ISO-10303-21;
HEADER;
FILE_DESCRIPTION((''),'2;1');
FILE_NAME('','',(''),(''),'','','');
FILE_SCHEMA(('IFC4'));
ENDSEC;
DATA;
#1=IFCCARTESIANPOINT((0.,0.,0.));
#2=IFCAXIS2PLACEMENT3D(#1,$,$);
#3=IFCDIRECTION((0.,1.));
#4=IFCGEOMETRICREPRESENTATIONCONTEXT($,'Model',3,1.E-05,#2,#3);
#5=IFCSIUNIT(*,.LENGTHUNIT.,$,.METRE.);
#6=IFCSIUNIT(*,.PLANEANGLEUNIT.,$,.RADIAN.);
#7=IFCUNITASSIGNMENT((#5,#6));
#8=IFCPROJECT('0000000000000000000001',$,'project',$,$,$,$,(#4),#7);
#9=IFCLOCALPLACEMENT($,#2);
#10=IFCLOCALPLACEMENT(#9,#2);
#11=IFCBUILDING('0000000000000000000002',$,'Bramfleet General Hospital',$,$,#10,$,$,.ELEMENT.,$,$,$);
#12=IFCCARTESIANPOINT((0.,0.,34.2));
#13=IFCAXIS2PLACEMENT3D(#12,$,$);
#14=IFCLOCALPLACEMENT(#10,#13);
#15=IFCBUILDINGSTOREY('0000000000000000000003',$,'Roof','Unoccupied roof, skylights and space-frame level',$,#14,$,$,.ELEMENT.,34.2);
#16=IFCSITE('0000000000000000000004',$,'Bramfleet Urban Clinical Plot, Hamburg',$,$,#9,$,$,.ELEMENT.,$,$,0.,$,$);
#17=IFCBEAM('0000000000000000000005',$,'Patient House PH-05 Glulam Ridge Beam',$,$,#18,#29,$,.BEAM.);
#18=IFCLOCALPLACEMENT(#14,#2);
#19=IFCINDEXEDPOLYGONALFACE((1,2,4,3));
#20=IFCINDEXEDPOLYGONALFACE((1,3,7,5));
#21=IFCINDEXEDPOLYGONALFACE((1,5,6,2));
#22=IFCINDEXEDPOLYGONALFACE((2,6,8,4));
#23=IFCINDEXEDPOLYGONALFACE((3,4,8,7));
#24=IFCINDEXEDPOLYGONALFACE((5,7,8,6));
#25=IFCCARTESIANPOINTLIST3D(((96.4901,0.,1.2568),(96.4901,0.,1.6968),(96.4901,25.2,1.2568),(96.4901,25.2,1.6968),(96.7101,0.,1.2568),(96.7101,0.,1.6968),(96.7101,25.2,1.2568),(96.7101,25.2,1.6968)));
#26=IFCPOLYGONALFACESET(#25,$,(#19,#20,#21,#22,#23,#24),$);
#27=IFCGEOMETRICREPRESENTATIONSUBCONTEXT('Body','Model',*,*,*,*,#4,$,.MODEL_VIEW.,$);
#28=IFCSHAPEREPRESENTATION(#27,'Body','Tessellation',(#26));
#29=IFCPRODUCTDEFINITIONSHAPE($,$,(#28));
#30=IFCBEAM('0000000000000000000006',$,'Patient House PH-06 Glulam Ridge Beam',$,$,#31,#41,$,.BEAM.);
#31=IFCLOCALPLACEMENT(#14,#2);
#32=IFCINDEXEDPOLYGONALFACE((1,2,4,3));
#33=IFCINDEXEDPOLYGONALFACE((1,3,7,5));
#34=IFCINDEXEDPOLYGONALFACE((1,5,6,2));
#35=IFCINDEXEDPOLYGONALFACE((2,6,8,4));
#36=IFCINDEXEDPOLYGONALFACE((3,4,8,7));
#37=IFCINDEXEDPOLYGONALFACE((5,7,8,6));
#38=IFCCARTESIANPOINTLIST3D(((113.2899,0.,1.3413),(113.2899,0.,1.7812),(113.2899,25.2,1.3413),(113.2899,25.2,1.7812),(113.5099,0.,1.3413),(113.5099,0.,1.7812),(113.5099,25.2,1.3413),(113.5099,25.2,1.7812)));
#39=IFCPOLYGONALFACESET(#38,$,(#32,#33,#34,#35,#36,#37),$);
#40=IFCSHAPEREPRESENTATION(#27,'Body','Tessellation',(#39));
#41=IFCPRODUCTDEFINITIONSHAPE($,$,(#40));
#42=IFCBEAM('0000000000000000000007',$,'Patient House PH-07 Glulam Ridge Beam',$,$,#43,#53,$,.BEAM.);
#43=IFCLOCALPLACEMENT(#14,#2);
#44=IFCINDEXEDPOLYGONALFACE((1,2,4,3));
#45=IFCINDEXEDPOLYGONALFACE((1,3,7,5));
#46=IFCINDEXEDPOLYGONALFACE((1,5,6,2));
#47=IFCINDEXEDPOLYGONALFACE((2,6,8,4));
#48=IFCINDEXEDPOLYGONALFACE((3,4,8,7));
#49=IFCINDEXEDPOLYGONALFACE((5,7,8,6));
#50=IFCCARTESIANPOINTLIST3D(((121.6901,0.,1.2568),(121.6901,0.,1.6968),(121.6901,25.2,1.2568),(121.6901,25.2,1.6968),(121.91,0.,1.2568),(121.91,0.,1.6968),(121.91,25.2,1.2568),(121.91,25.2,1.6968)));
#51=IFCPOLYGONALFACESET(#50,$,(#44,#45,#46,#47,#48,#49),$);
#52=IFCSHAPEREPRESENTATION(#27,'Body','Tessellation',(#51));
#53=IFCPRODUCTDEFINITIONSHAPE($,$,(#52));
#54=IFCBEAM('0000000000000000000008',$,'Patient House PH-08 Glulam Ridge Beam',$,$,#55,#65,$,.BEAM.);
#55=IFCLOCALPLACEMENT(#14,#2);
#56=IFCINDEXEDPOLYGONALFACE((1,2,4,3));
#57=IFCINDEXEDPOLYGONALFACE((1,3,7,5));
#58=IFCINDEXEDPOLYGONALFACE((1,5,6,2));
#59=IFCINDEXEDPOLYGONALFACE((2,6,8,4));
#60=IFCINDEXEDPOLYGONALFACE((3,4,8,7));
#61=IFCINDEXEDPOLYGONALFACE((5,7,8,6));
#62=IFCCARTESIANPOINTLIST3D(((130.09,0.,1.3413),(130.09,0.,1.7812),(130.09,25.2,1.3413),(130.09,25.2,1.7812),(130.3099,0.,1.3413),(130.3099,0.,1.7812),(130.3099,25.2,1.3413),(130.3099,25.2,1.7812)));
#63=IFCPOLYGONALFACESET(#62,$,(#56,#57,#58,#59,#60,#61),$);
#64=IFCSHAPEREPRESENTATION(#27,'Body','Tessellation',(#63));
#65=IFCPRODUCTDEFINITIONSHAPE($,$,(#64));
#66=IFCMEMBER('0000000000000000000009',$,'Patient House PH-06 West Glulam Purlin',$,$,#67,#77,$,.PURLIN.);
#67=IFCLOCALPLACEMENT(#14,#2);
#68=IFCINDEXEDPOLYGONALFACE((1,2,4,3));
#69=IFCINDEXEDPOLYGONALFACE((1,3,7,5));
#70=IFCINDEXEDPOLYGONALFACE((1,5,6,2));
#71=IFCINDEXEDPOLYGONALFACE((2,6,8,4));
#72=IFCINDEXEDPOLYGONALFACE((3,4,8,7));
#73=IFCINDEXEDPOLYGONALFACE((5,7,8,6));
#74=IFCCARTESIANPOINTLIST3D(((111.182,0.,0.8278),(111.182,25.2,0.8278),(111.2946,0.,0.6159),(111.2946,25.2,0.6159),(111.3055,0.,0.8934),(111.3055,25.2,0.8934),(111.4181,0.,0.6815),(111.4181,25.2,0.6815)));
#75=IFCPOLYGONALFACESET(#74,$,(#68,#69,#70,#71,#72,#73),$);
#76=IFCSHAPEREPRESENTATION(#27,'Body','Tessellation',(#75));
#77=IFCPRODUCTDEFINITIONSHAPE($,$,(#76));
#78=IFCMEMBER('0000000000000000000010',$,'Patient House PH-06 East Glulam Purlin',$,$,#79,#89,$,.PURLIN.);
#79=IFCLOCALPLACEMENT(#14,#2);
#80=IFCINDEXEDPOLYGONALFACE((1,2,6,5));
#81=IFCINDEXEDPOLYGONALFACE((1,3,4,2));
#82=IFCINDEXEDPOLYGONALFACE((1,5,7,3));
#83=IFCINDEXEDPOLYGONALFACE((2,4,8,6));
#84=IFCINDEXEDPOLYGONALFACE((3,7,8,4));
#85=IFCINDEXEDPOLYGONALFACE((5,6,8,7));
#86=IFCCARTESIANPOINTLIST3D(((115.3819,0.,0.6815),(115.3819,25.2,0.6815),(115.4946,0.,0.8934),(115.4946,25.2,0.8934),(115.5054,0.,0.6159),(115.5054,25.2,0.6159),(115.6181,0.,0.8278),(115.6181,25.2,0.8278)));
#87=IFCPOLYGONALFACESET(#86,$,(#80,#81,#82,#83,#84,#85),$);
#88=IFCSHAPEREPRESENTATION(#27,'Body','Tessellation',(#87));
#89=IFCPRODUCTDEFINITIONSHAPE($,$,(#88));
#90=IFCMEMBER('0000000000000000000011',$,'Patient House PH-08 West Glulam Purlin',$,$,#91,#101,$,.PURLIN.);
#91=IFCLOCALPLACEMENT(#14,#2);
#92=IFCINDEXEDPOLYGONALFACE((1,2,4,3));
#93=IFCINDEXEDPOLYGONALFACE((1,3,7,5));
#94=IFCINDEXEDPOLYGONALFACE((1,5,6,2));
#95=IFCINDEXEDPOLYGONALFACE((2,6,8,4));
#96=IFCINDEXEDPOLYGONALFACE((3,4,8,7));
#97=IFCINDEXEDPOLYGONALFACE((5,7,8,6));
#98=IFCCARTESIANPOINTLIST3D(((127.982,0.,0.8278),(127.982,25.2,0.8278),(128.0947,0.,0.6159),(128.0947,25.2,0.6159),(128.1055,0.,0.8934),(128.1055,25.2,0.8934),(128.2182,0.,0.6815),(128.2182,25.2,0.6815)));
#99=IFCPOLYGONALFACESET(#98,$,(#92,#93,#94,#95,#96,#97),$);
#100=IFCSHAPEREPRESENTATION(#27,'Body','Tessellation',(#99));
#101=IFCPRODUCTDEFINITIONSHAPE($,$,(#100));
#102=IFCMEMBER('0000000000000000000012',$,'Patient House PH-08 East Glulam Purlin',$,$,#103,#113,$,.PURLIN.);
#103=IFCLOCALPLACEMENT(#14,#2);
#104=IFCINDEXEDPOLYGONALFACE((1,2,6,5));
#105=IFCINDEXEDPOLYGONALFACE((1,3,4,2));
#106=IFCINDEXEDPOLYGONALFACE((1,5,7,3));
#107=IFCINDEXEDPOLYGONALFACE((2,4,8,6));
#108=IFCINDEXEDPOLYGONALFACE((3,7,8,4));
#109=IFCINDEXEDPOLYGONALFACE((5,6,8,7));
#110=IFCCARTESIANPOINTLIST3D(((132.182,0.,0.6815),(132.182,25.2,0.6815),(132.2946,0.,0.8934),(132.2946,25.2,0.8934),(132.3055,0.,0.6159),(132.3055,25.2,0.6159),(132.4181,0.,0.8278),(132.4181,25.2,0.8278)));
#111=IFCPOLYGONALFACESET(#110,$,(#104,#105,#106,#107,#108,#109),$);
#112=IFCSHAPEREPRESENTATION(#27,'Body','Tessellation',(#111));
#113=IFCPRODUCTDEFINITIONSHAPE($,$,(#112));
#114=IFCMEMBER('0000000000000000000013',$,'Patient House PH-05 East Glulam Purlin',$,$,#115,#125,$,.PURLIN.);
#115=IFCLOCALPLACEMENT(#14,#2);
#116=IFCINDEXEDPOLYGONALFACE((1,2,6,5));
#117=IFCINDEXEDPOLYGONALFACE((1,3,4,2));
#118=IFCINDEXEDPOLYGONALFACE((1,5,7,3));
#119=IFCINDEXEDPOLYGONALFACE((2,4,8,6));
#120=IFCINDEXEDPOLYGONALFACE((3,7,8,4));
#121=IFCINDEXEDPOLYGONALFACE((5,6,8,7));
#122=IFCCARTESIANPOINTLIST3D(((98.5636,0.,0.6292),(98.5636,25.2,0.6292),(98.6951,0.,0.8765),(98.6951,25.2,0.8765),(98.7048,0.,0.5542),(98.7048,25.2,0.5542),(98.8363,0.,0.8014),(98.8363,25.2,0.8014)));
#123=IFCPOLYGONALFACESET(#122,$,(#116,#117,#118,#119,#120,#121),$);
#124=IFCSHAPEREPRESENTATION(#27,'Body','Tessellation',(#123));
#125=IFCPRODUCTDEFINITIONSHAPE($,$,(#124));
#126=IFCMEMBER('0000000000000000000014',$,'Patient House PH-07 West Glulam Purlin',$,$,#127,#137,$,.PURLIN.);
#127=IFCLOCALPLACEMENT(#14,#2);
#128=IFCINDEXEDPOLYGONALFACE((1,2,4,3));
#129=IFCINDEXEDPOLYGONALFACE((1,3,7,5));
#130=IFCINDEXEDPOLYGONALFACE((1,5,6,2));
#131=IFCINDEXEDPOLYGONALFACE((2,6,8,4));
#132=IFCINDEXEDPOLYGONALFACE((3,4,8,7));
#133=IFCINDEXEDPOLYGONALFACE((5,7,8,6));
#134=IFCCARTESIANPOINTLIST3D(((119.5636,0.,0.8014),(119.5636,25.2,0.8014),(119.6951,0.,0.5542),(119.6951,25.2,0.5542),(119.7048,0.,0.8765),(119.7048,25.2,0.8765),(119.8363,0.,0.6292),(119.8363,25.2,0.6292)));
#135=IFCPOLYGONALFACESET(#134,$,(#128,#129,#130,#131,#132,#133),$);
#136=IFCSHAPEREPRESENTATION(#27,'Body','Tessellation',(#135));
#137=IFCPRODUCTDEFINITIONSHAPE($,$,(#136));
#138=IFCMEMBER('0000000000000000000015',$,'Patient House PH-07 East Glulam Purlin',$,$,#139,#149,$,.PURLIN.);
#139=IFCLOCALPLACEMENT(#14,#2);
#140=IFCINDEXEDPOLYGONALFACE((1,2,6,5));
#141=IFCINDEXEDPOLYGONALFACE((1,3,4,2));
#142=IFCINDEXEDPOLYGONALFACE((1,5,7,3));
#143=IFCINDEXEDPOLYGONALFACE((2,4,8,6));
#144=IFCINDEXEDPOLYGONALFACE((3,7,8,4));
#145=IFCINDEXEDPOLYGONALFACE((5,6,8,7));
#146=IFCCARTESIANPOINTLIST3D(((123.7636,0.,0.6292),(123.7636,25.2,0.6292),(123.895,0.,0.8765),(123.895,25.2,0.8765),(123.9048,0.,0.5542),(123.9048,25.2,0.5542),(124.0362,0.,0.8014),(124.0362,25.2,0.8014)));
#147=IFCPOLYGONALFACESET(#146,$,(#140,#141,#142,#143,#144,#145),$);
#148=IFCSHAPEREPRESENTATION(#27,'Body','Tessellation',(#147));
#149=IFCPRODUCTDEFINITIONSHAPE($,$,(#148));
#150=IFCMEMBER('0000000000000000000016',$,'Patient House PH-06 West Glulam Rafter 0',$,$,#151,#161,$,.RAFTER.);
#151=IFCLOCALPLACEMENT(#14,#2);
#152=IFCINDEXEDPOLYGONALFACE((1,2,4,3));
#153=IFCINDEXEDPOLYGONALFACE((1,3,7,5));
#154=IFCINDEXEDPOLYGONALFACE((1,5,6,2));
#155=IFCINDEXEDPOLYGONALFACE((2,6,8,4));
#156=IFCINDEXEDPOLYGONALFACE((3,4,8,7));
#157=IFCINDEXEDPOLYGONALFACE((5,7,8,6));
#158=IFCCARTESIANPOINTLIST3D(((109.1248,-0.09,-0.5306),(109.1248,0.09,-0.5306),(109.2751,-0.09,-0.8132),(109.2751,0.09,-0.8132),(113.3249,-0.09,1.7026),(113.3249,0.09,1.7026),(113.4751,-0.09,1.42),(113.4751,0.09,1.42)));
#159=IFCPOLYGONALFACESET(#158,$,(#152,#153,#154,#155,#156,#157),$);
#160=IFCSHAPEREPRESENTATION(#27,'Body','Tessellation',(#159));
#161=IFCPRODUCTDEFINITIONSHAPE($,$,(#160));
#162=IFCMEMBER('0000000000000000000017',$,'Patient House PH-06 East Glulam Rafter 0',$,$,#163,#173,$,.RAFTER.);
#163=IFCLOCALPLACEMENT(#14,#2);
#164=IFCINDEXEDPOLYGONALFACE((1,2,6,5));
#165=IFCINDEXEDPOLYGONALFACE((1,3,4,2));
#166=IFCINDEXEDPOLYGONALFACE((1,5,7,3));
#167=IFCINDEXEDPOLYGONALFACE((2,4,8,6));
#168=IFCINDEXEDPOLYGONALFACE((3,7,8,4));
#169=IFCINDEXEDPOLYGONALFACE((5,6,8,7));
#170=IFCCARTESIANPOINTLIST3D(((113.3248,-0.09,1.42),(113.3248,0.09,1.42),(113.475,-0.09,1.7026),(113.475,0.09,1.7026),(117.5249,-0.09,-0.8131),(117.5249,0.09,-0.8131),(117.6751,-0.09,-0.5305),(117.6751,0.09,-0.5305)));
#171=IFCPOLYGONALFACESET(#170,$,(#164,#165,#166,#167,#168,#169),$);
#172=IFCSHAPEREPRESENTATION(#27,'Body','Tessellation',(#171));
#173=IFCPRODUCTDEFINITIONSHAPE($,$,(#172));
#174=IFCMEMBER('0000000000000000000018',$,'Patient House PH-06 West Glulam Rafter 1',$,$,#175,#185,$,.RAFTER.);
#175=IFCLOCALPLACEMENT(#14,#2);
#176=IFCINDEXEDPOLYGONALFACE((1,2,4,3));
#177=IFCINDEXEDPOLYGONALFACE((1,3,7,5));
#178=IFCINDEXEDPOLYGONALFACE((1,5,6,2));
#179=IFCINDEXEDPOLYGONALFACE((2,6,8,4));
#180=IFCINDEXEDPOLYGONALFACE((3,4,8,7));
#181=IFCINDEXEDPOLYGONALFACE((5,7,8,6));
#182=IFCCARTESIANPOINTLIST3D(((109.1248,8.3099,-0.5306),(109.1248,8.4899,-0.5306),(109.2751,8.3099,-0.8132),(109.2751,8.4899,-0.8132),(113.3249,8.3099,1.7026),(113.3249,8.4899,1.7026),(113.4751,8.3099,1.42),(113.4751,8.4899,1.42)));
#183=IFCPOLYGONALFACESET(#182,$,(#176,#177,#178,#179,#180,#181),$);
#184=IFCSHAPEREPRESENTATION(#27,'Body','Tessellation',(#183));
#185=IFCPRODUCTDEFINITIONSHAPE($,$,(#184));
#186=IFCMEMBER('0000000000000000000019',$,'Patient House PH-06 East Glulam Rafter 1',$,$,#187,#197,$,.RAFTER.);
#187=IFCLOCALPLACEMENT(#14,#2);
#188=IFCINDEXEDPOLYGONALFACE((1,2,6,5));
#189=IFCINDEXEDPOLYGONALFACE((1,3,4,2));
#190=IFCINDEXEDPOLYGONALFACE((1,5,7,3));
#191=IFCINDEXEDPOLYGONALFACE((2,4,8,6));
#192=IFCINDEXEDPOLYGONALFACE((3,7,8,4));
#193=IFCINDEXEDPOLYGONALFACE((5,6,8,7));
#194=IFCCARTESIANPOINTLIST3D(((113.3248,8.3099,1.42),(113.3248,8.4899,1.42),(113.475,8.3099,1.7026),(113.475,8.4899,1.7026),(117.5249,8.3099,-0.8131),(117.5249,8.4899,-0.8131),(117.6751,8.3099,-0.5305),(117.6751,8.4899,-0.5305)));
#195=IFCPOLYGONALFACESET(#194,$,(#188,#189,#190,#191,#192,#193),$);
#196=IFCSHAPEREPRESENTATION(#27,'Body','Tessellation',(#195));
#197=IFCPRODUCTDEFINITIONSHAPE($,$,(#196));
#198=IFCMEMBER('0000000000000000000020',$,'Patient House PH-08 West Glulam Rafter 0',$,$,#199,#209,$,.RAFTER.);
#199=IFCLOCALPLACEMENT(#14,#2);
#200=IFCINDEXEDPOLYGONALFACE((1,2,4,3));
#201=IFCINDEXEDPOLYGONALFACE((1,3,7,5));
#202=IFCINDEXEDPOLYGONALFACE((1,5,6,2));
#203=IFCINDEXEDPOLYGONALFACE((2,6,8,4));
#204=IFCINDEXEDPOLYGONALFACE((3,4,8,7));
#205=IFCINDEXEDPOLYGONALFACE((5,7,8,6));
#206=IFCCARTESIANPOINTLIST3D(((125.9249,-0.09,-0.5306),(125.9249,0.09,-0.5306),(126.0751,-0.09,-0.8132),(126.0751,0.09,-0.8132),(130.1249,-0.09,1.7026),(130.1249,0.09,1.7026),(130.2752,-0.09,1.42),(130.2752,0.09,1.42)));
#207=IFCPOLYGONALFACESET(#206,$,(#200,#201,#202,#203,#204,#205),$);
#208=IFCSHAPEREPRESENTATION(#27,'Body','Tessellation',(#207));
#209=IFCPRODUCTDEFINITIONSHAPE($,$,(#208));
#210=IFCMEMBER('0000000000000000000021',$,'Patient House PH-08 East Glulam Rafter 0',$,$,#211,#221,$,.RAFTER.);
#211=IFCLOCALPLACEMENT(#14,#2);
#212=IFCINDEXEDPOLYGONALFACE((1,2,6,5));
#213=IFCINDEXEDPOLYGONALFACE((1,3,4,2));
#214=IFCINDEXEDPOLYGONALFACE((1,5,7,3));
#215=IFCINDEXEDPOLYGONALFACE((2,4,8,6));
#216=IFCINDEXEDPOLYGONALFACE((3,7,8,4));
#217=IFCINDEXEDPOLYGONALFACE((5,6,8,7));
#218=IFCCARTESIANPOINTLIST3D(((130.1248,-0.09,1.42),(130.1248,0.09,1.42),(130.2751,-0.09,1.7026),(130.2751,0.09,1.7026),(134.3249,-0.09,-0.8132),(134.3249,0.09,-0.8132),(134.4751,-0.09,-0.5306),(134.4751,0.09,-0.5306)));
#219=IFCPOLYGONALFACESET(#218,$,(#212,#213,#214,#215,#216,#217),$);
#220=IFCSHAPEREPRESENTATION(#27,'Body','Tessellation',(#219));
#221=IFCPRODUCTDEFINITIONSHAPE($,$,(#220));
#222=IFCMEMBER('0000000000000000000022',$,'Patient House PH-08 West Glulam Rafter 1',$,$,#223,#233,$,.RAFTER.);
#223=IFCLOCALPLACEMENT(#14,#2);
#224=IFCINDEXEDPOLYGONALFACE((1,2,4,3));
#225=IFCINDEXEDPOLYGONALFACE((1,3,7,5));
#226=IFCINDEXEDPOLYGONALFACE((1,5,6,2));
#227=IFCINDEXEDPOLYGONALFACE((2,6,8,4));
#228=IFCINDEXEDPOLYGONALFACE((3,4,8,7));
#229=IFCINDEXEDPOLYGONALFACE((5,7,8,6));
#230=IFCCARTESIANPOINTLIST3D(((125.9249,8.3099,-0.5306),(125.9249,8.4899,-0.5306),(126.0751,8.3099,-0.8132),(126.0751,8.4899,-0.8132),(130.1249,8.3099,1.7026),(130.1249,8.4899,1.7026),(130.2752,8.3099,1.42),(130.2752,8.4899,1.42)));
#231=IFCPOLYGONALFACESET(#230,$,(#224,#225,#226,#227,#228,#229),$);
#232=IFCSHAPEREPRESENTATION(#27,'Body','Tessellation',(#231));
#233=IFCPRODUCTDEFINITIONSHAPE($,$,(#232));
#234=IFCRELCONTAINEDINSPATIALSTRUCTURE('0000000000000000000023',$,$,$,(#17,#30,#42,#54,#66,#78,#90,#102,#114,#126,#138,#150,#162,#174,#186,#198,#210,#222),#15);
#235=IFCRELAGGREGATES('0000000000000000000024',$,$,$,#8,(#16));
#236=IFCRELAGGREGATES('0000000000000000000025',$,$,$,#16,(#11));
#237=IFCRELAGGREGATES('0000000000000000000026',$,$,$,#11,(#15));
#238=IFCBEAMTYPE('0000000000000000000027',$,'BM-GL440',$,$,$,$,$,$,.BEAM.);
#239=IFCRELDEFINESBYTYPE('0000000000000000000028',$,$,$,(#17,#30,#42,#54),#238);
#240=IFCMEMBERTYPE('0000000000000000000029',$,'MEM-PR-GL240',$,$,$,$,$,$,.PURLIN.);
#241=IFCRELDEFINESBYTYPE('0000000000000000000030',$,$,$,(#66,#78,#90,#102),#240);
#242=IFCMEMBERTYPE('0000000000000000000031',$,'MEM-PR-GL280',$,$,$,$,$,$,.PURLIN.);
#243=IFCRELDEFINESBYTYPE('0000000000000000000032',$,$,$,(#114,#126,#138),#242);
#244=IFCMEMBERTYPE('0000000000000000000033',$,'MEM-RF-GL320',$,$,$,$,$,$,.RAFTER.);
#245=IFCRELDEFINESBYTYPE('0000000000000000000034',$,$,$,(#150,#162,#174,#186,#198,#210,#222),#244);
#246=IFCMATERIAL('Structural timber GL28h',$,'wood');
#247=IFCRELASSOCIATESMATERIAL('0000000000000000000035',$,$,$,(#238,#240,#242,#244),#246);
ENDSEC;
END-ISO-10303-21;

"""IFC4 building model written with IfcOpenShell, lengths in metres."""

from ifc_helpers import new_model, si_unit, direction, frame, origin, origin_2d, place, context, subcontext, project, spatial, rectangle, extrude, material, material_profile, profile_set, type_object, element, save


model = new_model("IFC4")

# Units and contexts
model_context = context("Model", 3, precision=1e-05, world=origin(), true_north=direction((0.0, 1.0)))
body_context = subcontext(model_context, "Body", "Model", "MODEL_VIEW")
ifc_project = project(units=[si_unit("LENGTHUNIT", "METRE"), si_unit("PLANEANGLEUNIT", "RADIAN")], contexts=[model_context])

# Site, building, storey
site_placement = place(None, origin())
site = spatial("IfcSite", under=ifc_project, at=site_placement, Name="Bramfleet Urban Clinical Plot, Hamburg", CompositionType="ELEMENT", RefElevation=0.0)
building_placement = place(site_placement, origin())
building = spatial("IfcBuilding", under=site, at=building_placement, Name="Bramfleet General Hospital", CompositionType="ELEMENT")
storey_placement = place(building_placement, frame((0.0, 0.0, 34.2)))
storey = spatial("IfcBuildingStorey", under=building, at=storey_placement, Name="Roof", Description="Unoccupied roof, skylights and space-frame level", CompositionType="ELEMENT", Elevation=34.2)

# Beams
ifc_material_1 = material(Name="Structural timber GL28h", Category="wood")
ifc_material_profile_1 = material_profile(ifc_material_1, rectangle(XDim=0.22, YDim=0.4399, at=origin_2d()), Name="GL28h 440x220")
ifc_profile_set_1 = profile_set([ifc_material_profile_1], Name="Structural timber GL28h")
beam_type = type_object("IfcBeamType", Name="BM-GL440", PredefinedType="BEAM", material=ifc_profile_set_1)
for number, where, z_axis, x_axis, name in (
    (1, (96.6001, 0.0, 1.4768), (0.0, 1.0, 0.0), (-1.0, 0.0, 0.0), "Patient House PH-05 Glulam Ridge Beam"),
    (2, (113.3999, 0.0, 1.5613), (0.0, 1.0, 0.0), (-1.0, 0.0, 0.0), "Patient House PH-06 Glulam Ridge Beam"),
    (3, (121.8, 0.0, 1.4768), (0.0, 1.0, 0.0), (-1.0, 0.0, 0.0), "Patient House PH-07 Glulam Ridge Beam"),
    (4, (130.2, 0.0, 1.5613), (0.0, 1.0, 0.0), (-1.0, 0.0, 0.0), "Patient House PH-08 Glulam Ridge Beam"),
):
    element("IfcBeam", number, at=place(storey_placement, frame(where, z_axis=z_axis, x_axis=x_axis)), inside=storey, type_object=beam_type, Name=name, PredefinedType="BEAM", context=body_context, shape_type="SweptSolid", body=[
        extrude(rectangle(XDim=0.22, YDim=0.4399, at=origin_2d()), origin(), (0.0, 0.0, 1.0), 25.2),
    ])

# Members
ifc_material_profile_2 = material_profile(ifc_material_1, rectangle(XDim=0.1399, YDim=0.24, at=origin_2d()), Name="GL28h 240x140")
ifc_profile_set_2 = profile_set([ifc_material_profile_2], Name="Structural timber GL28h")
member_type_1 = type_object("IfcMemberType", Name="MEM-PR-GL240", PredefinedType="PURLIN", material=ifc_profile_set_2)
for number, where, z_axis, x_axis, name in (
    (5, (111.3, 0.0, 0.7546), (0.0, 1.0, 0.0), (-0.882948, 0.0, -0.469472), "Patient House PH-06 West Glulam Purlin"),
    (6, (115.5, 0.0, 0.7546), (0.0, 1.0, 0.0), (-0.882948, 0.0, 0.469472), "Patient House PH-06 East Glulam Purlin"),
    (7, (128.1001, 0.0, 0.7546), (0.0, 1.0, 0.0), (-0.882948, 0.0, -0.469472), "Patient House PH-08 West Glulam Purlin"),
    (8, (132.3, 0.0, 0.7546), (0.0, 1.0, 0.0), (-0.882948, 0.0, 0.469472), "Patient House PH-08 East Glulam Purlin"),
):
    element("IfcMember", number, at=place(storey_placement, frame(where, z_axis=z_axis, x_axis=x_axis)), inside=storey, type_object=member_type_1, Name=name, PredefinedType="PURLIN", context=body_context, shape_type="SweptSolid", body=[
        extrude(rectangle(XDim=0.1399, YDim=0.24, at=origin_2d()), origin(), (0.0, 0.0, 1.0), 25.2),
    ])
ifc_material_profile_3 = material_profile(ifc_material_1, rectangle(XDim=0.1599, YDim=0.28, at=origin_2d()), Name="GL28h 280x160")
ifc_profile_set_3 = profile_set([ifc_material_profile_3], Name="Structural timber GL28h")
member_type_2 = type_object("IfcMemberType", Name="MEM-PR-GL280", PredefinedType="PURLIN", material=ifc_profile_set_3)
for number, where, z_axis, x_axis, name in (
    (9, (98.7, 0.0, 0.7153), (0.0, 1.0, 0.0), (-0.882948, 0.0, 0.469472), "Patient House PH-05 East Glulam Purlin"),
    (10, (119.7, 0.0, 0.7153), (0.0, 1.0, 0.0), (-0.882948, 0.0, -0.469472), "Patient House PH-07 West Glulam Purlin"),
    (11, (123.8999, 0.0, 0.7153), (0.0, 1.0, 0.0), (-0.882948, 0.0, 0.469472), "Patient House PH-07 East Glulam Purlin"),
):
    element("IfcMember", number, at=place(storey_placement, frame(where, z_axis=z_axis, x_axis=x_axis)), inside=storey, type_object=member_type_2, Name=name, PredefinedType="PURLIN", context=body_context, shape_type="SweptSolid", body=[
        extrude(rectangle(XDim=0.1599, YDim=0.28, at=origin_2d()), origin(), (0.0, 0.0, 1.0), 25.2),
    ])
ifc_material_profile_4 = material_profile(ifc_material_1, rectangle(XDim=0.1799, YDim=0.3201, at=origin_2d()), Name="GL28h 320x180")
ifc_profile_set_4 = profile_set([ifc_material_profile_4], Name="Structural timber GL28h")
member_type_3 = type_object("IfcMemberType", Name="MEM-RF-GL320", PredefinedType="RAFTER", material=ifc_profile_set_4)
for number, where, z_axis, x_axis, name in (
    (12, (109.2, 0.0, -0.6719), (0.882948, 0.0, 0.469472), (0.0, 1.0, 0.0), "Patient House PH-06 West Glulam Rafter 0"),
    (13, (113.3999, 0.0, 1.5613), (0.882959, 0.0, -0.46945), (0.0, 1.0, 0.0), "Patient House PH-06 East Glulam Rafter 0"),
    (14, (109.2, 8.3999, -0.6719), (0.882948, 0.0, 0.469472), (0.0, 1.0, 0.0), "Patient House PH-06 West Glulam Rafter 1"),
    (15, (113.3999, 8.3999, 1.5613), (0.882959, 0.0, -0.46945), (0.0, 1.0, 0.0), "Patient House PH-06 East Glulam Rafter 1"),
    (16, (126.0, 0.0, -0.6719), (0.882948, 0.0, 0.469472), (0.0, 1.0, 0.0), "Patient House PH-08 West Glulam Rafter 0"),
    (17, (130.2, 0.0, 1.5613), (0.882948, 0.0, -0.469472), (0.0, 1.0, 0.0), "Patient House PH-08 East Glulam Rafter 0"),
    (18, (126.0, 8.3999, -0.6719), (0.882948, 0.0, 0.469472), (0.0, 1.0, 0.0), "Patient House PH-08 West Glulam Rafter 1"),
):
    element("IfcMember", number, at=place(storey_placement, frame(where, z_axis=z_axis, x_axis=x_axis)), inside=storey, type_object=member_type_3, Name=name, PredefinedType="RAFTER", context=body_context, shape_type="SweptSolid", body=[
        extrude(rectangle(XDim=0.1799, YDim=0.3201, at=origin_2d()), origin(), (0.0, 0.0, 1.0), 4.7568),
    ])

save(model, "model.ifc")
